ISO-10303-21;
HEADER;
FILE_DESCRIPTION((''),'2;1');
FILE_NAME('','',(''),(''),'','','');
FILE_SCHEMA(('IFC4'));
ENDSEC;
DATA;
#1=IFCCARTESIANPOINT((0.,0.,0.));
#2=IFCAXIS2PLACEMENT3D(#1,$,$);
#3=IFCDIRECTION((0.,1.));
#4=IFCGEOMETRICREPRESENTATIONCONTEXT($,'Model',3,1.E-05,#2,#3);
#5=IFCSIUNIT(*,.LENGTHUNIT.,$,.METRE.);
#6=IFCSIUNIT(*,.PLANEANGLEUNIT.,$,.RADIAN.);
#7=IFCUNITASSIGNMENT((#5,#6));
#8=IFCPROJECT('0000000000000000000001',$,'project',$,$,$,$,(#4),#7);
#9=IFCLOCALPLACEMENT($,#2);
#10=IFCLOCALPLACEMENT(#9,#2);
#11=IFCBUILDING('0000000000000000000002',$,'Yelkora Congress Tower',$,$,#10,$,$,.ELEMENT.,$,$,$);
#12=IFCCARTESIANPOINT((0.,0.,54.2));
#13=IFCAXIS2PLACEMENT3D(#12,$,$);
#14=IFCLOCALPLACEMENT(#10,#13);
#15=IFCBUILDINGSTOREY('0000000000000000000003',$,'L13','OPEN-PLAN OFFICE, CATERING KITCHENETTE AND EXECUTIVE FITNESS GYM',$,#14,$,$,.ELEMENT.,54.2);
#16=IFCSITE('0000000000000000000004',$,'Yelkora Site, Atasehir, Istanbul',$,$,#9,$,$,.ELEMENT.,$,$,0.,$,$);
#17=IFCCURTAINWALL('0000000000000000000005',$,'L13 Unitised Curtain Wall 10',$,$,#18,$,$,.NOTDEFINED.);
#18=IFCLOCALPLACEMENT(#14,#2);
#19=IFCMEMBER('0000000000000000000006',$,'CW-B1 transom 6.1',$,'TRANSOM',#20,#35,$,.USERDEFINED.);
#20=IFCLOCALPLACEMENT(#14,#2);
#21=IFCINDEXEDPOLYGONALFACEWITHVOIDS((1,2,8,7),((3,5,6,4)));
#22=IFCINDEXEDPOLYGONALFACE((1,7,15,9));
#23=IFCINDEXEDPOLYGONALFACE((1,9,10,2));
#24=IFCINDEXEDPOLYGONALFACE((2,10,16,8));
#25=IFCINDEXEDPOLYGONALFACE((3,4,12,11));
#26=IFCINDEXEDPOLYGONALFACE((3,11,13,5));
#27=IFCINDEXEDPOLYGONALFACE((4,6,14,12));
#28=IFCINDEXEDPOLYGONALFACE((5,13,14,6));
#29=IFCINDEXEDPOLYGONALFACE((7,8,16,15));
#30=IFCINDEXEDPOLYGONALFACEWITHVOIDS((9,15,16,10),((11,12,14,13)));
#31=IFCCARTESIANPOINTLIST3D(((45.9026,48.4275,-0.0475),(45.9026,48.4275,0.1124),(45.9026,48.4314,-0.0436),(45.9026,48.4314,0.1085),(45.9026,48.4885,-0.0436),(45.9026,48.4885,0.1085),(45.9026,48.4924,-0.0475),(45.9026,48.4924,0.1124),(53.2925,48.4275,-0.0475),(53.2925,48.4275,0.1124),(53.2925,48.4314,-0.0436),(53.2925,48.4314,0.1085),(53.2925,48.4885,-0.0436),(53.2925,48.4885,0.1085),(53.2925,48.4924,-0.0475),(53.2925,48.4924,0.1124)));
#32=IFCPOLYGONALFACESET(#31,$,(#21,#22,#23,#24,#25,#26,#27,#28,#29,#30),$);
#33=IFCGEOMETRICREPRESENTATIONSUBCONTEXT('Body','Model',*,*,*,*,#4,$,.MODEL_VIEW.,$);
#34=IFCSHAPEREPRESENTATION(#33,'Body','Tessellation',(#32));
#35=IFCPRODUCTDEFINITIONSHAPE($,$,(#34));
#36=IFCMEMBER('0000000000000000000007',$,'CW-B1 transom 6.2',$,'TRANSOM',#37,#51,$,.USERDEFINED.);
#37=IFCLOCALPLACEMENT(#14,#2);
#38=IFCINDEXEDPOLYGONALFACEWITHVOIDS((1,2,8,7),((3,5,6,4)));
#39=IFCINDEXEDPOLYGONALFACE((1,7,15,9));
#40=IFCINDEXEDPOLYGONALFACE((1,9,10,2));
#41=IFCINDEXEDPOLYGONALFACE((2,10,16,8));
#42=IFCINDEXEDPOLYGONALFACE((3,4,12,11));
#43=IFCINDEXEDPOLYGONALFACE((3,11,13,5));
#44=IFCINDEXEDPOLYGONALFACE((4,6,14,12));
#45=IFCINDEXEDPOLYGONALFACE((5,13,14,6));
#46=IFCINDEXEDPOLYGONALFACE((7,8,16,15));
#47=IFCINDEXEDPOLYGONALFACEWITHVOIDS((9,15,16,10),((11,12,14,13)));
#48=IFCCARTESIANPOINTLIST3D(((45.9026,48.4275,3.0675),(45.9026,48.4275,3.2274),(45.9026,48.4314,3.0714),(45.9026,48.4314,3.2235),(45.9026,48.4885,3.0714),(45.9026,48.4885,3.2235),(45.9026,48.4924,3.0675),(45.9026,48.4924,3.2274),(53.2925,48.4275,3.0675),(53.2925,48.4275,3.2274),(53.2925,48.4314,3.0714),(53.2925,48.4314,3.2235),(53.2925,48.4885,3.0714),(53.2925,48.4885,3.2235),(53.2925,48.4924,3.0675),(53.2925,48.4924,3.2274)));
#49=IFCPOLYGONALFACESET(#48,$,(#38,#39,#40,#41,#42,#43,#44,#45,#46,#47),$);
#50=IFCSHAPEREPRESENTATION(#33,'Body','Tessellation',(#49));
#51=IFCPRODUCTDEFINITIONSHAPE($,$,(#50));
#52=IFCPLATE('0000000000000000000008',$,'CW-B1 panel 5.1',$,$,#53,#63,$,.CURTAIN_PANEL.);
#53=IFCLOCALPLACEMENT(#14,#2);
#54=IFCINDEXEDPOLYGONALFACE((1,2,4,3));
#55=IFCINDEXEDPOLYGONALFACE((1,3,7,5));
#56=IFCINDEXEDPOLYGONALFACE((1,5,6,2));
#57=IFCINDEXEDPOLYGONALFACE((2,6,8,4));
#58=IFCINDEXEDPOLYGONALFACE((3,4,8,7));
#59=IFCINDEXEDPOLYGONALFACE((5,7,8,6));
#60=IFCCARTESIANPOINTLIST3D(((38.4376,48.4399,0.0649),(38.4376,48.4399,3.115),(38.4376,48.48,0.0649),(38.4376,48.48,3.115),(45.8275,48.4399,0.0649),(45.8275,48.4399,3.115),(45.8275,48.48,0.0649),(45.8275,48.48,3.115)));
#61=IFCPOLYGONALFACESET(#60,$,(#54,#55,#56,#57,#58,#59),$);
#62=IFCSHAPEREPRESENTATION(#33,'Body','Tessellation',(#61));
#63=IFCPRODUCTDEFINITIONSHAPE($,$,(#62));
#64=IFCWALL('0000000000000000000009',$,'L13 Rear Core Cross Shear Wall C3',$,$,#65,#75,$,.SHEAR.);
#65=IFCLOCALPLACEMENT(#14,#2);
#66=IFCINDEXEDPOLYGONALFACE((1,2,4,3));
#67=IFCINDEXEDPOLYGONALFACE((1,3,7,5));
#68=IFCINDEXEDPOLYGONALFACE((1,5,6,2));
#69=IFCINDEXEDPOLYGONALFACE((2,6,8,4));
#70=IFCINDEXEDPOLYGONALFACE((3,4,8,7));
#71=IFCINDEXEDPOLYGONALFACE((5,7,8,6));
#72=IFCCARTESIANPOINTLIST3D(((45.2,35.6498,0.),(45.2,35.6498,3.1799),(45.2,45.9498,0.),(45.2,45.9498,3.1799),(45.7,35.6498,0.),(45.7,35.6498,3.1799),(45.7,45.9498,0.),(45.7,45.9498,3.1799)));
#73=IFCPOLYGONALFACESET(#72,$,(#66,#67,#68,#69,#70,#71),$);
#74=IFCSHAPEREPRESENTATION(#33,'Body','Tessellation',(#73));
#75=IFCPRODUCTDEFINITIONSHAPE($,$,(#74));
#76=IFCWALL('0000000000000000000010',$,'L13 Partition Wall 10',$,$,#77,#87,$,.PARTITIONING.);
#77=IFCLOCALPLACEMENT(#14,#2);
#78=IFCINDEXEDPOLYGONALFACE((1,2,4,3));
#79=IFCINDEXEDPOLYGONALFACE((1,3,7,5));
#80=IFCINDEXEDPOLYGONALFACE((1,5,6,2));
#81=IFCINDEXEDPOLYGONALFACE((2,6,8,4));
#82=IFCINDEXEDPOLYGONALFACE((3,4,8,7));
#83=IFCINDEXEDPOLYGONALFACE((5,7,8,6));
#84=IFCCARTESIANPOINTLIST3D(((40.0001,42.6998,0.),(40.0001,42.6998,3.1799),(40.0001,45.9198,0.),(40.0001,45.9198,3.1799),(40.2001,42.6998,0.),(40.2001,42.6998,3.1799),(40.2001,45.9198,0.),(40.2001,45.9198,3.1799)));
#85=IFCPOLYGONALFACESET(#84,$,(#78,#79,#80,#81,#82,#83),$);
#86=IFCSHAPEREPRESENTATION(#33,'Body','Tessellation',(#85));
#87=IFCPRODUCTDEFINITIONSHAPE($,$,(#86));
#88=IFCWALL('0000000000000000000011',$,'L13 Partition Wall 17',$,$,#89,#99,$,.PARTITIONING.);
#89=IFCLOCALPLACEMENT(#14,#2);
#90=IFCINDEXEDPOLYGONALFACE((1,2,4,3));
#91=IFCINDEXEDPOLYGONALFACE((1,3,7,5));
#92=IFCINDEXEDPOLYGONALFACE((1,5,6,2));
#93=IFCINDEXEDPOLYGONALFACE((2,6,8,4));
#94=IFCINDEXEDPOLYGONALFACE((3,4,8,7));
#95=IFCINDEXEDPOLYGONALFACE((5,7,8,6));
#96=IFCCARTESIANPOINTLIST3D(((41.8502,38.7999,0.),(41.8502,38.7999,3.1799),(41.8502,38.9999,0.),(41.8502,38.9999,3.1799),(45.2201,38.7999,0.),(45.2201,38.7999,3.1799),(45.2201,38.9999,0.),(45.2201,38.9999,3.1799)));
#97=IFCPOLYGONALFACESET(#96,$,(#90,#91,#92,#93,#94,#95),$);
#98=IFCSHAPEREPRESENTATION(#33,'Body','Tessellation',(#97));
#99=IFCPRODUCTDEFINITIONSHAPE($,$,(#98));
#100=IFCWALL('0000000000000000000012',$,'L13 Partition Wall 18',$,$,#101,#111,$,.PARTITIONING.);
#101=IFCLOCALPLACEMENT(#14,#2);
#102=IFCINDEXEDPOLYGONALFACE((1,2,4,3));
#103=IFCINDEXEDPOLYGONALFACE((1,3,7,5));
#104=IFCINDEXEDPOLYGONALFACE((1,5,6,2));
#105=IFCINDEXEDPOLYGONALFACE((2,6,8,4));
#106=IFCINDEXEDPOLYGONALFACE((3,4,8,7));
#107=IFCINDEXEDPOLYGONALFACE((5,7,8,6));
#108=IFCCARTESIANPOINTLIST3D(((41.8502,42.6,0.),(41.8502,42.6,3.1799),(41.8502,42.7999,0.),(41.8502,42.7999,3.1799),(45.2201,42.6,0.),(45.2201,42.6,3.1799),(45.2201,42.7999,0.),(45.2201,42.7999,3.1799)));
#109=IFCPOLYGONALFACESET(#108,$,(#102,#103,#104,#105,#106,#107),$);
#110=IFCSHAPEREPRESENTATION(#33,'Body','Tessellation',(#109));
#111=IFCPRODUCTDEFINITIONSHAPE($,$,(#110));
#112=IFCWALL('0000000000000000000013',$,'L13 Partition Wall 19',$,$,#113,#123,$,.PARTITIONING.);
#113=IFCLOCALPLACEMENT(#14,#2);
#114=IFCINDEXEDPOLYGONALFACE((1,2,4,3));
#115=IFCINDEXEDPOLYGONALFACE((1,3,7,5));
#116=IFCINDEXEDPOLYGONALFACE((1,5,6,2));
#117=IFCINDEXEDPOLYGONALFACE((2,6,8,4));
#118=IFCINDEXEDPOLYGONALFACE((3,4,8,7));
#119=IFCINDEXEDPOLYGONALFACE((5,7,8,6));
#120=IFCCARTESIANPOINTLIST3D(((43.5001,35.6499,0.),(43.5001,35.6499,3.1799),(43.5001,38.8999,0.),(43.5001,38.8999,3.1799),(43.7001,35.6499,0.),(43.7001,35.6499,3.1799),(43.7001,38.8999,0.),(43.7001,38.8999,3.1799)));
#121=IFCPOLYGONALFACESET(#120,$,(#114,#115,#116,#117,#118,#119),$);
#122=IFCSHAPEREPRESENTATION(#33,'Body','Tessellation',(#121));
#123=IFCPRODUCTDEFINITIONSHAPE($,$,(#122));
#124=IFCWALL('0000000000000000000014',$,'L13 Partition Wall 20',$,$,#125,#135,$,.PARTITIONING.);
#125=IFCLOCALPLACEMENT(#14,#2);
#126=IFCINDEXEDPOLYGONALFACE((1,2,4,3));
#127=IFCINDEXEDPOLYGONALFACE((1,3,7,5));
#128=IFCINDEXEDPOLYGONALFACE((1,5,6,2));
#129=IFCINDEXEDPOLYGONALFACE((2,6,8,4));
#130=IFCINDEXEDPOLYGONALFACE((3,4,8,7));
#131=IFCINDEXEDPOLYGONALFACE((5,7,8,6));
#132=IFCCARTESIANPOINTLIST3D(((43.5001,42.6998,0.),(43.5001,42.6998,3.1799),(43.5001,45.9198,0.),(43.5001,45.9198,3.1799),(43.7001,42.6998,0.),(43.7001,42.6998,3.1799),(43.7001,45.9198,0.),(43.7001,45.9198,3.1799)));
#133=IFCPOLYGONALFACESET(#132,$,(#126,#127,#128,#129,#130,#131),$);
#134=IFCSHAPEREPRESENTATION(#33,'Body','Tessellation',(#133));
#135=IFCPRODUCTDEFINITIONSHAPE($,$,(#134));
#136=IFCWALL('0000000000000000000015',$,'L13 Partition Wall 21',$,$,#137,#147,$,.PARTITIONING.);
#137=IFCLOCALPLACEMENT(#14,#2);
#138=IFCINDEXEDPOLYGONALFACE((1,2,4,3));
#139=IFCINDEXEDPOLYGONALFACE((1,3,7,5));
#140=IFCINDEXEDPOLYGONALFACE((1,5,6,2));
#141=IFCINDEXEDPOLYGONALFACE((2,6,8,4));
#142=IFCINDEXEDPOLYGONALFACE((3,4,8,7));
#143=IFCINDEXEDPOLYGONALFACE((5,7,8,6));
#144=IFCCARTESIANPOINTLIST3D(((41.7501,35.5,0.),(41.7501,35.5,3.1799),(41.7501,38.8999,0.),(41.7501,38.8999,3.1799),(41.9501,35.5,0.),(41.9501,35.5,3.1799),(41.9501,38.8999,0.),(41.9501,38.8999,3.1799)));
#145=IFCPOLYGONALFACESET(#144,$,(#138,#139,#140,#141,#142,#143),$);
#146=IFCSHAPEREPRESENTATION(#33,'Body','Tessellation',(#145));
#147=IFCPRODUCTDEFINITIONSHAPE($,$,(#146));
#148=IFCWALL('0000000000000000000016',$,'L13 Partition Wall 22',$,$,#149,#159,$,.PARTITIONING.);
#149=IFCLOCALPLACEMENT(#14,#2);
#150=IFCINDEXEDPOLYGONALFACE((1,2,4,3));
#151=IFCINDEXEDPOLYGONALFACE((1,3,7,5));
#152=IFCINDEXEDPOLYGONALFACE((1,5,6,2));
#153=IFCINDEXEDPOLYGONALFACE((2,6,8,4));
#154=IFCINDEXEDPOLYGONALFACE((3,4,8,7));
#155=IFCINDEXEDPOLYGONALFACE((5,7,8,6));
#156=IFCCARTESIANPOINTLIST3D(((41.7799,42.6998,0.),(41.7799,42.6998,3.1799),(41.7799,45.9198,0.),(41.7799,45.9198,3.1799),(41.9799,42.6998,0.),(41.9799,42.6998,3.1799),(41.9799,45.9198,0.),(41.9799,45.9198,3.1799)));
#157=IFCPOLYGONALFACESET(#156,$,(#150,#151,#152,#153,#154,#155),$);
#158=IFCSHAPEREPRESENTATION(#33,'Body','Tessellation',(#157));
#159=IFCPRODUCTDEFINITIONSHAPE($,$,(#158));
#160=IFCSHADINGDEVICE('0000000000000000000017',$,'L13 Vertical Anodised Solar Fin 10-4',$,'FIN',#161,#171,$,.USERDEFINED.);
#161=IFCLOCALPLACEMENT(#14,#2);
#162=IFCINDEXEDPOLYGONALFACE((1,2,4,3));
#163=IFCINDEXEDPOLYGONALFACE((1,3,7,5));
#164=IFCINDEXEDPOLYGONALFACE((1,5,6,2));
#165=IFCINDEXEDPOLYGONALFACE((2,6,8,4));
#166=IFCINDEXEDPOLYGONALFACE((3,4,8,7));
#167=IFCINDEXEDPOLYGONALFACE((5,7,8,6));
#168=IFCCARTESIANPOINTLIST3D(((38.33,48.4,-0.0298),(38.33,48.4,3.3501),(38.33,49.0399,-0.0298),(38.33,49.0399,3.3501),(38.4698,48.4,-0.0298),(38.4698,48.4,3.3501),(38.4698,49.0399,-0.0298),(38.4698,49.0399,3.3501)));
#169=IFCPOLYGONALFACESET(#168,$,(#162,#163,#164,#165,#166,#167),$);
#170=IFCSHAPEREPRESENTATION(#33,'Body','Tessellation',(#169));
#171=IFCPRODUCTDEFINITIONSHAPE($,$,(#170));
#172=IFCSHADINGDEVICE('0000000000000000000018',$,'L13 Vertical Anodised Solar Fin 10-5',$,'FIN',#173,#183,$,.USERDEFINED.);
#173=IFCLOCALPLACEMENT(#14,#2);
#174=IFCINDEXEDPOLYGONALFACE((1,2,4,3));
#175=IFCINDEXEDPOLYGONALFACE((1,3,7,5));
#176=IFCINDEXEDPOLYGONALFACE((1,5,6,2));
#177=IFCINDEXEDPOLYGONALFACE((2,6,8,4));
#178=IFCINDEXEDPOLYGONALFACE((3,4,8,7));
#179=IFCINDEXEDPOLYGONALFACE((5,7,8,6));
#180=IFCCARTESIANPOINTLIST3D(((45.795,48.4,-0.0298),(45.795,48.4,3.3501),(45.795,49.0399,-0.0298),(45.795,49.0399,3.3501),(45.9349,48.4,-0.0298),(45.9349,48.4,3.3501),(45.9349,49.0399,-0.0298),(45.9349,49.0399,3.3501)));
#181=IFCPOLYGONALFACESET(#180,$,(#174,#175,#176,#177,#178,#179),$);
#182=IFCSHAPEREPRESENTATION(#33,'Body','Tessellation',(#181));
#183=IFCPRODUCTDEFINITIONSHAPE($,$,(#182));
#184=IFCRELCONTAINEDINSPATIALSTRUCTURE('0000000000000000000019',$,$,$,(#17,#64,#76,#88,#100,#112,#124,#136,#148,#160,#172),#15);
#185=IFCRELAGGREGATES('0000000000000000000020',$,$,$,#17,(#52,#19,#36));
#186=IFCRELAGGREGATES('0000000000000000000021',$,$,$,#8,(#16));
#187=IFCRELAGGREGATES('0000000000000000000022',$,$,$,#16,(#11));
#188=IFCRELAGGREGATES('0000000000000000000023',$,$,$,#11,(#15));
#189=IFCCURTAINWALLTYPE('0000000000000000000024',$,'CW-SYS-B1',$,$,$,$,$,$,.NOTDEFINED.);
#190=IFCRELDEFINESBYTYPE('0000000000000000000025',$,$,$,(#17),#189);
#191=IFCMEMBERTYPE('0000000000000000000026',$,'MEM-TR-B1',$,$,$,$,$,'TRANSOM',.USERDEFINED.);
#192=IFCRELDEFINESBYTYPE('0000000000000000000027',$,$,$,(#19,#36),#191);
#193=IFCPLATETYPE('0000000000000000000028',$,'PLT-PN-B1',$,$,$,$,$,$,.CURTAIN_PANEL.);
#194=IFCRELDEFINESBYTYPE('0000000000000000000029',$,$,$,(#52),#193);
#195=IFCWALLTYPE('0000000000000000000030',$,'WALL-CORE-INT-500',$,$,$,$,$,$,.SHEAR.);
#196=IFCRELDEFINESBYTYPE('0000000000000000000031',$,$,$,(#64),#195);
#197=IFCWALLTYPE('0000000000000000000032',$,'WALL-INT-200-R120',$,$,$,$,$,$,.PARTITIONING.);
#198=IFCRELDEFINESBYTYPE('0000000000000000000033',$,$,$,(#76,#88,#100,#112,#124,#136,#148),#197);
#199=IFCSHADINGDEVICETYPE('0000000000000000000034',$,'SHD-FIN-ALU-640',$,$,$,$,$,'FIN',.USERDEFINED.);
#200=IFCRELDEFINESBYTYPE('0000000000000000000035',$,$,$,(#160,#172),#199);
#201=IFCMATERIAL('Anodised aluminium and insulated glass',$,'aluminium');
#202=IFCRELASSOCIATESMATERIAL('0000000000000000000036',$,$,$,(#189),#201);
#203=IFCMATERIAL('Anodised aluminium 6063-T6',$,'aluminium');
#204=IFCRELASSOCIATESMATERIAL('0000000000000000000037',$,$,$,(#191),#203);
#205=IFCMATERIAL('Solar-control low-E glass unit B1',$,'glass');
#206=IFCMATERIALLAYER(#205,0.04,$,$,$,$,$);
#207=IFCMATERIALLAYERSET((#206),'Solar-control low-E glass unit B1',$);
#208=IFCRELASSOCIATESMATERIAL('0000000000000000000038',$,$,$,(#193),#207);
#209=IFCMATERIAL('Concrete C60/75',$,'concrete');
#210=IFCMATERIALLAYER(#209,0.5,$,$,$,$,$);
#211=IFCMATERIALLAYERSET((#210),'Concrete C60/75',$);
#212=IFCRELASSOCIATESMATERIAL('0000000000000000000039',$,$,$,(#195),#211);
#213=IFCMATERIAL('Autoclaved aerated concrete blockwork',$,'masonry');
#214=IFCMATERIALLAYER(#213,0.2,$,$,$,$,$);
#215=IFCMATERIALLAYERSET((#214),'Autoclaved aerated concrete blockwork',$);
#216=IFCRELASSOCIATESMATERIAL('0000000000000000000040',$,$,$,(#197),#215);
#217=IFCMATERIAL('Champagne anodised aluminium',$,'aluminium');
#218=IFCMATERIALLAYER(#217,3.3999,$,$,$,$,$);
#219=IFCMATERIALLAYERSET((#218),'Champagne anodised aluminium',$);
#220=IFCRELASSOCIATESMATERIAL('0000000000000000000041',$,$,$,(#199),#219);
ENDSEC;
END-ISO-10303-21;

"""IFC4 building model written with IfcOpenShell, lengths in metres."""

from ifc_helpers import new_model, si_unit, direction, frame, frame_2d, origin, origin_2d, place, context, subcontext, project, spatial, rectangle, hollow_rectangle, extrude, material, layer, layer_set, material_profile, profile_set, type_object, element, aggregate, save


model = new_model("IFC4")

# Units and contexts
model_context = context("Model", 3, precision=1e-05, world=origin(), true_north=direction((0.0, 1.0)))
body_context = subcontext(model_context, "Body", "Model", "MODEL_VIEW")
ifc_project = project(units=[si_unit("LENGTHUNIT", "METRE"), si_unit("PLANEANGLEUNIT", "RADIAN")], contexts=[model_context])

# Site, building, storey
site_placement = place(None, origin())
site = spatial("IfcSite", under=ifc_project, at=site_placement, Name="Yelkora Site, Atasehir, Istanbul", CompositionType="ELEMENT", RefElevation=0.0)
building_placement = place(site_placement, origin())
building = spatial("IfcBuilding", under=site, at=building_placement, Name="Yelkora Congress Tower", CompositionType="ELEMENT")
storey_placement = place(building_placement, frame((0.0, 0.0, 54.2)))
storey = spatial("IfcBuildingStorey", under=building, at=storey_placement, Name="L13", Description="OPEN-PLAN OFFICE, CATERING KITCHENETTE AND EXECUTIVE FITNESS GYM", CompositionType="ELEMENT", Elevation=54.2)

# Shared definitions
ifc_material_1 = material(Name="Concrete C60/75", Category="concrete")

# Curtain wall, members, plate
ifc_material_2 = material(Name="Anodised aluminium and insulated glass", Category="aluminium")
curtain_wall_type = type_object("IfcCurtainWallType", Name="CW-SYS-B1", PredefinedType="NOTDEFINED", material=ifc_material_2)
curtain_wall_placement = place(storey_placement, origin())
curtain_wall = element("IfcCurtainWall", 1, at=curtain_wall_placement, inside=storey, type_object=curtain_wall_type, Name="L13 Unitised Curtain Wall 10", PredefinedType="NOTDEFINED")
ifc_material_3 = material(Name="Anodised aluminium 6063-T6", Category="aluminium")
ifc_material_profile_1 = material_profile(ifc_material_3, hollow_rectangle(XDim=0.0649, YDim=0.1599, WallThickness=0.0039, at=origin_2d()), Name="ALU 65x160x4")
ifc_profile_set_1 = profile_set([ifc_material_profile_1], Name="Anodised aluminium 6063-T6")
member_type_1 = type_object("IfcMemberType", Name="MEM-TR-B1", ElementType="TRANSOM", PredefinedType="USERDEFINED", material=ifc_profile_set_1)
member_1_placement = place(storey_placement, frame((45.9026, 48.46, 0.0325), z_axis=(1.0, 0.0, 0.0), x_axis=(0.0, 1.0, 0.0)))
member_1 = element("IfcMember", 2, at=member_1_placement, type_object=member_type_1, Name="CW-B1 transom 6.1", ObjectType="TRANSOM", PredefinedType="USERDEFINED", context=body_context, shape_type="SweptSolid", body=[
    extrude(hollow_rectangle(XDim=0.0649, YDim=0.1599, WallThickness=0.0039, at=origin_2d()), origin(), (0.0, 0.0, 1.0), 7.3899),
])
member_2_placement = place(storey_placement, frame((45.9026, 48.46, 3.1475), z_axis=(1.0, 0.0, 0.0), x_axis=(0.0, 1.0, 0.0)))
member_2 = element("IfcMember", 3, at=member_2_placement, type_object=member_type_1, Name="CW-B1 transom 6.2", ObjectType="TRANSOM", PredefinedType="USERDEFINED", context=body_context, shape_type="SweptSolid", body=[
    extrude(hollow_rectangle(XDim=0.0649, YDim=0.1599, WallThickness=0.0039, at=origin_2d()), origin(), (0.0, 0.0, 1.0), 7.3899),
])
ifc_material_4 = material(Name="Solar-control low-E glass unit B1", Category="glass")
ifc_layer_1 = layer(ifc_material_4, 0.04)
ifc_layer_set_1 = layer_set([ifc_layer_1], Name="Solar-control low-E glass unit B1")
plate_type = type_object("IfcPlateType", Name="PLT-PN-B1", PredefinedType="CURTAIN_PANEL", material=ifc_layer_set_1)
plate_placement = place(storey_placement, frame((42.1326, 48.46, 0.0649), z_axis=(0.0, 0.0, 1.0), x_axis=(1.0, 0.0, 0.0)))
plate = element("IfcPlate", 4, at=plate_placement, type_object=plate_type, Name="CW-B1 panel 5.1", PredefinedType="CURTAIN_PANEL", context=body_context, shape_type="SweptSolid", body=[
    extrude(rectangle(XDim=7.3899, YDim=0.04, at=origin_2d()), origin(), (0.0, 0.0, 1.0), 3.05),
])
aggregate(curtain_wall, [plate, member_1, member_2])

# Shared definitions
ifc_layer_2 = layer(ifc_material_1, 0.5)
ifc_layer_set_2 = layer_set([ifc_layer_2], Name="Concrete C60/75")
wall_type_1 = type_object("IfcWallType", Name="WALL-CORE-INT-500", PredefinedType="SHEAR", material=ifc_layer_set_2)

# Wall
wall_1_placement = place(storey_placement, frame((45.45, 35.6499, 0.0), z_axis=(0.0, 0.0, 1.0), x_axis=(0.0, 1.0, 0.0)))
element("IfcWall", 5, at=wall_1_placement, inside=storey, type_object=wall_type_1, Name="L13 Rear Core Cross Shear Wall C3", PredefinedType="SHEAR", context=body_context, shape_type="SweptSolid", body=[
    extrude(rectangle(XDim=10.3, YDim=0.5, at=frame_2d((5.1499, 0.0))), origin(), (0.0, 0.0, 1.0), 3.1799),
])

# Walls
ifc_material_5 = material(Name="Autoclaved aerated concrete blockwork", Category="masonry")
ifc_layer_3 = layer(ifc_material_5, 0.2)
ifc_layer_set_3 = layer_set([ifc_layer_3], Name="Autoclaved aerated concrete blockwork")
wall_type_2 = type_object("IfcWallType", Name="WALL-INT-200-R120", PredefinedType="PARTITIONING", material=ifc_layer_set_3)
wall_2_placement = place(storey_placement, frame((40.1001, 42.7, 0.0), z_axis=(0.0, 0.0, 1.0), x_axis=(0.0, 1.0, 0.0)))
element("IfcWall", 6, at=wall_2_placement, inside=storey, type_object=wall_type_2, Name="L13 Partition Wall 10", PredefinedType="PARTITIONING", context=body_context, shape_type="SweptSolid", body=[
    extrude(rectangle(XDim=3.22, YDim=0.2, at=frame_2d((1.6099, 0.0))), origin(), (0.0, 0.0, 1.0), 3.1799),
])
for number, where, z_axis, x_axis, name in (
    (7, (41.8501, 38.8999, 0.0), (0.0, 0.0, 1.0), (1.0, 0.0, 0.0), "L13 Partition Wall 17"),
    (8, (41.8501, 42.7, 0.0), (0.0, 0.0, 1.0), (1.0, 0.0, 0.0), "L13 Partition Wall 18"),
):
    element("IfcWall", number, at=place(storey_placement, frame(where, z_axis=z_axis, x_axis=x_axis)), inside=storey, type_object=wall_type_2, Name=name, PredefinedType="PARTITIONING", context=body_context, shape_type="SweptSolid", body=[
        extrude(rectangle(XDim=3.3699, YDim=0.2, at=frame_2d((1.6851, 0.0))), origin(), (0.0, 0.0, 1.0), 3.1799),
    ])
wall_3_placement = place(storey_placement, frame((43.6001, 35.6499, 0.0), z_axis=(0.0, 0.0, 1.0), x_axis=(0.0, 1.0, 0.0)))
element("IfcWall", 9, at=wall_3_placement, inside=storey, type_object=wall_type_2, Name="L13 Partition Wall 19", PredefinedType="PARTITIONING", context=body_context, shape_type="SweptSolid", body=[
    extrude(rectangle(XDim=3.25, YDim=0.2, at=frame_2d((1.625, 0.0))), origin(), (0.0, 0.0, 1.0), 3.1799),
])
wall_4_placement = place(storey_placement, frame((43.6001, 42.7, 0.0), z_axis=(0.0, 0.0, 1.0), x_axis=(0.0, 1.0, 0.0)))
element("IfcWall", 10, at=wall_4_placement, inside=storey, type_object=wall_type_2, Name="L13 Partition Wall 20", PredefinedType="PARTITIONING", context=body_context, shape_type="SweptSolid", body=[
    extrude(rectangle(XDim=3.22, YDim=0.2, at=frame_2d((1.6099, 0.0))), origin(), (0.0, 0.0, 1.0), 3.1799),
])
wall_5_placement = place(storey_placement, frame((41.8501, 35.5, 0.0), z_axis=(0.0, 0.0, 1.0), x_axis=(0.0, 1.0, 0.0)))
element("IfcWall", 11, at=wall_5_placement, inside=storey, type_object=wall_type_2, Name="L13 Partition Wall 21", PredefinedType="PARTITIONING", context=body_context, shape_type="SweptSolid", body=[
    extrude(rectangle(XDim=3.3999, YDim=0.2, at=frame_2d((1.7, 0.0))), origin(), (0.0, 0.0, 1.0), 3.1799),
])
wall_6_placement = place(storey_placement, frame((41.8799, 42.7, 0.0), z_axis=(0.0, 0.0, 1.0), x_axis=(0.0, 1.0, 0.0)))
element("IfcWall", 12, at=wall_6_placement, inside=storey, type_object=wall_type_2, Name="L13 Partition Wall 22", PredefinedType="PARTITIONING", context=body_context, shape_type="SweptSolid", body=[
    extrude(rectangle(XDim=3.22, YDim=0.2, at=frame_2d((1.6099, 0.0))), origin(), (0.0, 0.0, 1.0), 3.1799),
])

# Shading devices
ifc_material_6 = material(Name="Champagne anodised aluminium", Category="aluminium")
ifc_layer_4 = layer(ifc_material_6, 3.3999)
ifc_layer_set_4 = layer_set([ifc_layer_4], Name="Champagne anodised aluminium")
shading_device_type = type_object("IfcShadingDeviceType", Name="SHD-FIN-ALU-640", ElementType="FIN", PredefinedType="USERDEFINED", material=ifc_layer_set_4)
for number, where, z_axis, x_axis, name in (
    (13, (38.3999, 48.72, -0.0298), (0.0, 0.0, 1.0), (1.0, 0.0, 0.0), "L13 Vertical Anodised Solar Fin 10-4"),
    (14, (45.865, 48.72, -0.0298), (0.0, 0.0, 1.0), (1.0, 0.0, 0.0), "L13 Vertical Anodised Solar Fin 10-5"),
):
    element("IfcShadingDevice", number, at=place(storey_placement, frame(where, z_axis=z_axis, x_axis=x_axis)), inside=storey, type_object=shading_device_type, Name=name, ObjectType="FIN", PredefinedType="USERDEFINED", context=body_context, shape_type="SweptSolid", body=[
        extrude(rectangle(XDim=0.1399, YDim=0.6399, at=origin_2d()), origin(), (0.0, 0.0, 1.0), 3.3799),
    ])

save(model, "model.ifc")
